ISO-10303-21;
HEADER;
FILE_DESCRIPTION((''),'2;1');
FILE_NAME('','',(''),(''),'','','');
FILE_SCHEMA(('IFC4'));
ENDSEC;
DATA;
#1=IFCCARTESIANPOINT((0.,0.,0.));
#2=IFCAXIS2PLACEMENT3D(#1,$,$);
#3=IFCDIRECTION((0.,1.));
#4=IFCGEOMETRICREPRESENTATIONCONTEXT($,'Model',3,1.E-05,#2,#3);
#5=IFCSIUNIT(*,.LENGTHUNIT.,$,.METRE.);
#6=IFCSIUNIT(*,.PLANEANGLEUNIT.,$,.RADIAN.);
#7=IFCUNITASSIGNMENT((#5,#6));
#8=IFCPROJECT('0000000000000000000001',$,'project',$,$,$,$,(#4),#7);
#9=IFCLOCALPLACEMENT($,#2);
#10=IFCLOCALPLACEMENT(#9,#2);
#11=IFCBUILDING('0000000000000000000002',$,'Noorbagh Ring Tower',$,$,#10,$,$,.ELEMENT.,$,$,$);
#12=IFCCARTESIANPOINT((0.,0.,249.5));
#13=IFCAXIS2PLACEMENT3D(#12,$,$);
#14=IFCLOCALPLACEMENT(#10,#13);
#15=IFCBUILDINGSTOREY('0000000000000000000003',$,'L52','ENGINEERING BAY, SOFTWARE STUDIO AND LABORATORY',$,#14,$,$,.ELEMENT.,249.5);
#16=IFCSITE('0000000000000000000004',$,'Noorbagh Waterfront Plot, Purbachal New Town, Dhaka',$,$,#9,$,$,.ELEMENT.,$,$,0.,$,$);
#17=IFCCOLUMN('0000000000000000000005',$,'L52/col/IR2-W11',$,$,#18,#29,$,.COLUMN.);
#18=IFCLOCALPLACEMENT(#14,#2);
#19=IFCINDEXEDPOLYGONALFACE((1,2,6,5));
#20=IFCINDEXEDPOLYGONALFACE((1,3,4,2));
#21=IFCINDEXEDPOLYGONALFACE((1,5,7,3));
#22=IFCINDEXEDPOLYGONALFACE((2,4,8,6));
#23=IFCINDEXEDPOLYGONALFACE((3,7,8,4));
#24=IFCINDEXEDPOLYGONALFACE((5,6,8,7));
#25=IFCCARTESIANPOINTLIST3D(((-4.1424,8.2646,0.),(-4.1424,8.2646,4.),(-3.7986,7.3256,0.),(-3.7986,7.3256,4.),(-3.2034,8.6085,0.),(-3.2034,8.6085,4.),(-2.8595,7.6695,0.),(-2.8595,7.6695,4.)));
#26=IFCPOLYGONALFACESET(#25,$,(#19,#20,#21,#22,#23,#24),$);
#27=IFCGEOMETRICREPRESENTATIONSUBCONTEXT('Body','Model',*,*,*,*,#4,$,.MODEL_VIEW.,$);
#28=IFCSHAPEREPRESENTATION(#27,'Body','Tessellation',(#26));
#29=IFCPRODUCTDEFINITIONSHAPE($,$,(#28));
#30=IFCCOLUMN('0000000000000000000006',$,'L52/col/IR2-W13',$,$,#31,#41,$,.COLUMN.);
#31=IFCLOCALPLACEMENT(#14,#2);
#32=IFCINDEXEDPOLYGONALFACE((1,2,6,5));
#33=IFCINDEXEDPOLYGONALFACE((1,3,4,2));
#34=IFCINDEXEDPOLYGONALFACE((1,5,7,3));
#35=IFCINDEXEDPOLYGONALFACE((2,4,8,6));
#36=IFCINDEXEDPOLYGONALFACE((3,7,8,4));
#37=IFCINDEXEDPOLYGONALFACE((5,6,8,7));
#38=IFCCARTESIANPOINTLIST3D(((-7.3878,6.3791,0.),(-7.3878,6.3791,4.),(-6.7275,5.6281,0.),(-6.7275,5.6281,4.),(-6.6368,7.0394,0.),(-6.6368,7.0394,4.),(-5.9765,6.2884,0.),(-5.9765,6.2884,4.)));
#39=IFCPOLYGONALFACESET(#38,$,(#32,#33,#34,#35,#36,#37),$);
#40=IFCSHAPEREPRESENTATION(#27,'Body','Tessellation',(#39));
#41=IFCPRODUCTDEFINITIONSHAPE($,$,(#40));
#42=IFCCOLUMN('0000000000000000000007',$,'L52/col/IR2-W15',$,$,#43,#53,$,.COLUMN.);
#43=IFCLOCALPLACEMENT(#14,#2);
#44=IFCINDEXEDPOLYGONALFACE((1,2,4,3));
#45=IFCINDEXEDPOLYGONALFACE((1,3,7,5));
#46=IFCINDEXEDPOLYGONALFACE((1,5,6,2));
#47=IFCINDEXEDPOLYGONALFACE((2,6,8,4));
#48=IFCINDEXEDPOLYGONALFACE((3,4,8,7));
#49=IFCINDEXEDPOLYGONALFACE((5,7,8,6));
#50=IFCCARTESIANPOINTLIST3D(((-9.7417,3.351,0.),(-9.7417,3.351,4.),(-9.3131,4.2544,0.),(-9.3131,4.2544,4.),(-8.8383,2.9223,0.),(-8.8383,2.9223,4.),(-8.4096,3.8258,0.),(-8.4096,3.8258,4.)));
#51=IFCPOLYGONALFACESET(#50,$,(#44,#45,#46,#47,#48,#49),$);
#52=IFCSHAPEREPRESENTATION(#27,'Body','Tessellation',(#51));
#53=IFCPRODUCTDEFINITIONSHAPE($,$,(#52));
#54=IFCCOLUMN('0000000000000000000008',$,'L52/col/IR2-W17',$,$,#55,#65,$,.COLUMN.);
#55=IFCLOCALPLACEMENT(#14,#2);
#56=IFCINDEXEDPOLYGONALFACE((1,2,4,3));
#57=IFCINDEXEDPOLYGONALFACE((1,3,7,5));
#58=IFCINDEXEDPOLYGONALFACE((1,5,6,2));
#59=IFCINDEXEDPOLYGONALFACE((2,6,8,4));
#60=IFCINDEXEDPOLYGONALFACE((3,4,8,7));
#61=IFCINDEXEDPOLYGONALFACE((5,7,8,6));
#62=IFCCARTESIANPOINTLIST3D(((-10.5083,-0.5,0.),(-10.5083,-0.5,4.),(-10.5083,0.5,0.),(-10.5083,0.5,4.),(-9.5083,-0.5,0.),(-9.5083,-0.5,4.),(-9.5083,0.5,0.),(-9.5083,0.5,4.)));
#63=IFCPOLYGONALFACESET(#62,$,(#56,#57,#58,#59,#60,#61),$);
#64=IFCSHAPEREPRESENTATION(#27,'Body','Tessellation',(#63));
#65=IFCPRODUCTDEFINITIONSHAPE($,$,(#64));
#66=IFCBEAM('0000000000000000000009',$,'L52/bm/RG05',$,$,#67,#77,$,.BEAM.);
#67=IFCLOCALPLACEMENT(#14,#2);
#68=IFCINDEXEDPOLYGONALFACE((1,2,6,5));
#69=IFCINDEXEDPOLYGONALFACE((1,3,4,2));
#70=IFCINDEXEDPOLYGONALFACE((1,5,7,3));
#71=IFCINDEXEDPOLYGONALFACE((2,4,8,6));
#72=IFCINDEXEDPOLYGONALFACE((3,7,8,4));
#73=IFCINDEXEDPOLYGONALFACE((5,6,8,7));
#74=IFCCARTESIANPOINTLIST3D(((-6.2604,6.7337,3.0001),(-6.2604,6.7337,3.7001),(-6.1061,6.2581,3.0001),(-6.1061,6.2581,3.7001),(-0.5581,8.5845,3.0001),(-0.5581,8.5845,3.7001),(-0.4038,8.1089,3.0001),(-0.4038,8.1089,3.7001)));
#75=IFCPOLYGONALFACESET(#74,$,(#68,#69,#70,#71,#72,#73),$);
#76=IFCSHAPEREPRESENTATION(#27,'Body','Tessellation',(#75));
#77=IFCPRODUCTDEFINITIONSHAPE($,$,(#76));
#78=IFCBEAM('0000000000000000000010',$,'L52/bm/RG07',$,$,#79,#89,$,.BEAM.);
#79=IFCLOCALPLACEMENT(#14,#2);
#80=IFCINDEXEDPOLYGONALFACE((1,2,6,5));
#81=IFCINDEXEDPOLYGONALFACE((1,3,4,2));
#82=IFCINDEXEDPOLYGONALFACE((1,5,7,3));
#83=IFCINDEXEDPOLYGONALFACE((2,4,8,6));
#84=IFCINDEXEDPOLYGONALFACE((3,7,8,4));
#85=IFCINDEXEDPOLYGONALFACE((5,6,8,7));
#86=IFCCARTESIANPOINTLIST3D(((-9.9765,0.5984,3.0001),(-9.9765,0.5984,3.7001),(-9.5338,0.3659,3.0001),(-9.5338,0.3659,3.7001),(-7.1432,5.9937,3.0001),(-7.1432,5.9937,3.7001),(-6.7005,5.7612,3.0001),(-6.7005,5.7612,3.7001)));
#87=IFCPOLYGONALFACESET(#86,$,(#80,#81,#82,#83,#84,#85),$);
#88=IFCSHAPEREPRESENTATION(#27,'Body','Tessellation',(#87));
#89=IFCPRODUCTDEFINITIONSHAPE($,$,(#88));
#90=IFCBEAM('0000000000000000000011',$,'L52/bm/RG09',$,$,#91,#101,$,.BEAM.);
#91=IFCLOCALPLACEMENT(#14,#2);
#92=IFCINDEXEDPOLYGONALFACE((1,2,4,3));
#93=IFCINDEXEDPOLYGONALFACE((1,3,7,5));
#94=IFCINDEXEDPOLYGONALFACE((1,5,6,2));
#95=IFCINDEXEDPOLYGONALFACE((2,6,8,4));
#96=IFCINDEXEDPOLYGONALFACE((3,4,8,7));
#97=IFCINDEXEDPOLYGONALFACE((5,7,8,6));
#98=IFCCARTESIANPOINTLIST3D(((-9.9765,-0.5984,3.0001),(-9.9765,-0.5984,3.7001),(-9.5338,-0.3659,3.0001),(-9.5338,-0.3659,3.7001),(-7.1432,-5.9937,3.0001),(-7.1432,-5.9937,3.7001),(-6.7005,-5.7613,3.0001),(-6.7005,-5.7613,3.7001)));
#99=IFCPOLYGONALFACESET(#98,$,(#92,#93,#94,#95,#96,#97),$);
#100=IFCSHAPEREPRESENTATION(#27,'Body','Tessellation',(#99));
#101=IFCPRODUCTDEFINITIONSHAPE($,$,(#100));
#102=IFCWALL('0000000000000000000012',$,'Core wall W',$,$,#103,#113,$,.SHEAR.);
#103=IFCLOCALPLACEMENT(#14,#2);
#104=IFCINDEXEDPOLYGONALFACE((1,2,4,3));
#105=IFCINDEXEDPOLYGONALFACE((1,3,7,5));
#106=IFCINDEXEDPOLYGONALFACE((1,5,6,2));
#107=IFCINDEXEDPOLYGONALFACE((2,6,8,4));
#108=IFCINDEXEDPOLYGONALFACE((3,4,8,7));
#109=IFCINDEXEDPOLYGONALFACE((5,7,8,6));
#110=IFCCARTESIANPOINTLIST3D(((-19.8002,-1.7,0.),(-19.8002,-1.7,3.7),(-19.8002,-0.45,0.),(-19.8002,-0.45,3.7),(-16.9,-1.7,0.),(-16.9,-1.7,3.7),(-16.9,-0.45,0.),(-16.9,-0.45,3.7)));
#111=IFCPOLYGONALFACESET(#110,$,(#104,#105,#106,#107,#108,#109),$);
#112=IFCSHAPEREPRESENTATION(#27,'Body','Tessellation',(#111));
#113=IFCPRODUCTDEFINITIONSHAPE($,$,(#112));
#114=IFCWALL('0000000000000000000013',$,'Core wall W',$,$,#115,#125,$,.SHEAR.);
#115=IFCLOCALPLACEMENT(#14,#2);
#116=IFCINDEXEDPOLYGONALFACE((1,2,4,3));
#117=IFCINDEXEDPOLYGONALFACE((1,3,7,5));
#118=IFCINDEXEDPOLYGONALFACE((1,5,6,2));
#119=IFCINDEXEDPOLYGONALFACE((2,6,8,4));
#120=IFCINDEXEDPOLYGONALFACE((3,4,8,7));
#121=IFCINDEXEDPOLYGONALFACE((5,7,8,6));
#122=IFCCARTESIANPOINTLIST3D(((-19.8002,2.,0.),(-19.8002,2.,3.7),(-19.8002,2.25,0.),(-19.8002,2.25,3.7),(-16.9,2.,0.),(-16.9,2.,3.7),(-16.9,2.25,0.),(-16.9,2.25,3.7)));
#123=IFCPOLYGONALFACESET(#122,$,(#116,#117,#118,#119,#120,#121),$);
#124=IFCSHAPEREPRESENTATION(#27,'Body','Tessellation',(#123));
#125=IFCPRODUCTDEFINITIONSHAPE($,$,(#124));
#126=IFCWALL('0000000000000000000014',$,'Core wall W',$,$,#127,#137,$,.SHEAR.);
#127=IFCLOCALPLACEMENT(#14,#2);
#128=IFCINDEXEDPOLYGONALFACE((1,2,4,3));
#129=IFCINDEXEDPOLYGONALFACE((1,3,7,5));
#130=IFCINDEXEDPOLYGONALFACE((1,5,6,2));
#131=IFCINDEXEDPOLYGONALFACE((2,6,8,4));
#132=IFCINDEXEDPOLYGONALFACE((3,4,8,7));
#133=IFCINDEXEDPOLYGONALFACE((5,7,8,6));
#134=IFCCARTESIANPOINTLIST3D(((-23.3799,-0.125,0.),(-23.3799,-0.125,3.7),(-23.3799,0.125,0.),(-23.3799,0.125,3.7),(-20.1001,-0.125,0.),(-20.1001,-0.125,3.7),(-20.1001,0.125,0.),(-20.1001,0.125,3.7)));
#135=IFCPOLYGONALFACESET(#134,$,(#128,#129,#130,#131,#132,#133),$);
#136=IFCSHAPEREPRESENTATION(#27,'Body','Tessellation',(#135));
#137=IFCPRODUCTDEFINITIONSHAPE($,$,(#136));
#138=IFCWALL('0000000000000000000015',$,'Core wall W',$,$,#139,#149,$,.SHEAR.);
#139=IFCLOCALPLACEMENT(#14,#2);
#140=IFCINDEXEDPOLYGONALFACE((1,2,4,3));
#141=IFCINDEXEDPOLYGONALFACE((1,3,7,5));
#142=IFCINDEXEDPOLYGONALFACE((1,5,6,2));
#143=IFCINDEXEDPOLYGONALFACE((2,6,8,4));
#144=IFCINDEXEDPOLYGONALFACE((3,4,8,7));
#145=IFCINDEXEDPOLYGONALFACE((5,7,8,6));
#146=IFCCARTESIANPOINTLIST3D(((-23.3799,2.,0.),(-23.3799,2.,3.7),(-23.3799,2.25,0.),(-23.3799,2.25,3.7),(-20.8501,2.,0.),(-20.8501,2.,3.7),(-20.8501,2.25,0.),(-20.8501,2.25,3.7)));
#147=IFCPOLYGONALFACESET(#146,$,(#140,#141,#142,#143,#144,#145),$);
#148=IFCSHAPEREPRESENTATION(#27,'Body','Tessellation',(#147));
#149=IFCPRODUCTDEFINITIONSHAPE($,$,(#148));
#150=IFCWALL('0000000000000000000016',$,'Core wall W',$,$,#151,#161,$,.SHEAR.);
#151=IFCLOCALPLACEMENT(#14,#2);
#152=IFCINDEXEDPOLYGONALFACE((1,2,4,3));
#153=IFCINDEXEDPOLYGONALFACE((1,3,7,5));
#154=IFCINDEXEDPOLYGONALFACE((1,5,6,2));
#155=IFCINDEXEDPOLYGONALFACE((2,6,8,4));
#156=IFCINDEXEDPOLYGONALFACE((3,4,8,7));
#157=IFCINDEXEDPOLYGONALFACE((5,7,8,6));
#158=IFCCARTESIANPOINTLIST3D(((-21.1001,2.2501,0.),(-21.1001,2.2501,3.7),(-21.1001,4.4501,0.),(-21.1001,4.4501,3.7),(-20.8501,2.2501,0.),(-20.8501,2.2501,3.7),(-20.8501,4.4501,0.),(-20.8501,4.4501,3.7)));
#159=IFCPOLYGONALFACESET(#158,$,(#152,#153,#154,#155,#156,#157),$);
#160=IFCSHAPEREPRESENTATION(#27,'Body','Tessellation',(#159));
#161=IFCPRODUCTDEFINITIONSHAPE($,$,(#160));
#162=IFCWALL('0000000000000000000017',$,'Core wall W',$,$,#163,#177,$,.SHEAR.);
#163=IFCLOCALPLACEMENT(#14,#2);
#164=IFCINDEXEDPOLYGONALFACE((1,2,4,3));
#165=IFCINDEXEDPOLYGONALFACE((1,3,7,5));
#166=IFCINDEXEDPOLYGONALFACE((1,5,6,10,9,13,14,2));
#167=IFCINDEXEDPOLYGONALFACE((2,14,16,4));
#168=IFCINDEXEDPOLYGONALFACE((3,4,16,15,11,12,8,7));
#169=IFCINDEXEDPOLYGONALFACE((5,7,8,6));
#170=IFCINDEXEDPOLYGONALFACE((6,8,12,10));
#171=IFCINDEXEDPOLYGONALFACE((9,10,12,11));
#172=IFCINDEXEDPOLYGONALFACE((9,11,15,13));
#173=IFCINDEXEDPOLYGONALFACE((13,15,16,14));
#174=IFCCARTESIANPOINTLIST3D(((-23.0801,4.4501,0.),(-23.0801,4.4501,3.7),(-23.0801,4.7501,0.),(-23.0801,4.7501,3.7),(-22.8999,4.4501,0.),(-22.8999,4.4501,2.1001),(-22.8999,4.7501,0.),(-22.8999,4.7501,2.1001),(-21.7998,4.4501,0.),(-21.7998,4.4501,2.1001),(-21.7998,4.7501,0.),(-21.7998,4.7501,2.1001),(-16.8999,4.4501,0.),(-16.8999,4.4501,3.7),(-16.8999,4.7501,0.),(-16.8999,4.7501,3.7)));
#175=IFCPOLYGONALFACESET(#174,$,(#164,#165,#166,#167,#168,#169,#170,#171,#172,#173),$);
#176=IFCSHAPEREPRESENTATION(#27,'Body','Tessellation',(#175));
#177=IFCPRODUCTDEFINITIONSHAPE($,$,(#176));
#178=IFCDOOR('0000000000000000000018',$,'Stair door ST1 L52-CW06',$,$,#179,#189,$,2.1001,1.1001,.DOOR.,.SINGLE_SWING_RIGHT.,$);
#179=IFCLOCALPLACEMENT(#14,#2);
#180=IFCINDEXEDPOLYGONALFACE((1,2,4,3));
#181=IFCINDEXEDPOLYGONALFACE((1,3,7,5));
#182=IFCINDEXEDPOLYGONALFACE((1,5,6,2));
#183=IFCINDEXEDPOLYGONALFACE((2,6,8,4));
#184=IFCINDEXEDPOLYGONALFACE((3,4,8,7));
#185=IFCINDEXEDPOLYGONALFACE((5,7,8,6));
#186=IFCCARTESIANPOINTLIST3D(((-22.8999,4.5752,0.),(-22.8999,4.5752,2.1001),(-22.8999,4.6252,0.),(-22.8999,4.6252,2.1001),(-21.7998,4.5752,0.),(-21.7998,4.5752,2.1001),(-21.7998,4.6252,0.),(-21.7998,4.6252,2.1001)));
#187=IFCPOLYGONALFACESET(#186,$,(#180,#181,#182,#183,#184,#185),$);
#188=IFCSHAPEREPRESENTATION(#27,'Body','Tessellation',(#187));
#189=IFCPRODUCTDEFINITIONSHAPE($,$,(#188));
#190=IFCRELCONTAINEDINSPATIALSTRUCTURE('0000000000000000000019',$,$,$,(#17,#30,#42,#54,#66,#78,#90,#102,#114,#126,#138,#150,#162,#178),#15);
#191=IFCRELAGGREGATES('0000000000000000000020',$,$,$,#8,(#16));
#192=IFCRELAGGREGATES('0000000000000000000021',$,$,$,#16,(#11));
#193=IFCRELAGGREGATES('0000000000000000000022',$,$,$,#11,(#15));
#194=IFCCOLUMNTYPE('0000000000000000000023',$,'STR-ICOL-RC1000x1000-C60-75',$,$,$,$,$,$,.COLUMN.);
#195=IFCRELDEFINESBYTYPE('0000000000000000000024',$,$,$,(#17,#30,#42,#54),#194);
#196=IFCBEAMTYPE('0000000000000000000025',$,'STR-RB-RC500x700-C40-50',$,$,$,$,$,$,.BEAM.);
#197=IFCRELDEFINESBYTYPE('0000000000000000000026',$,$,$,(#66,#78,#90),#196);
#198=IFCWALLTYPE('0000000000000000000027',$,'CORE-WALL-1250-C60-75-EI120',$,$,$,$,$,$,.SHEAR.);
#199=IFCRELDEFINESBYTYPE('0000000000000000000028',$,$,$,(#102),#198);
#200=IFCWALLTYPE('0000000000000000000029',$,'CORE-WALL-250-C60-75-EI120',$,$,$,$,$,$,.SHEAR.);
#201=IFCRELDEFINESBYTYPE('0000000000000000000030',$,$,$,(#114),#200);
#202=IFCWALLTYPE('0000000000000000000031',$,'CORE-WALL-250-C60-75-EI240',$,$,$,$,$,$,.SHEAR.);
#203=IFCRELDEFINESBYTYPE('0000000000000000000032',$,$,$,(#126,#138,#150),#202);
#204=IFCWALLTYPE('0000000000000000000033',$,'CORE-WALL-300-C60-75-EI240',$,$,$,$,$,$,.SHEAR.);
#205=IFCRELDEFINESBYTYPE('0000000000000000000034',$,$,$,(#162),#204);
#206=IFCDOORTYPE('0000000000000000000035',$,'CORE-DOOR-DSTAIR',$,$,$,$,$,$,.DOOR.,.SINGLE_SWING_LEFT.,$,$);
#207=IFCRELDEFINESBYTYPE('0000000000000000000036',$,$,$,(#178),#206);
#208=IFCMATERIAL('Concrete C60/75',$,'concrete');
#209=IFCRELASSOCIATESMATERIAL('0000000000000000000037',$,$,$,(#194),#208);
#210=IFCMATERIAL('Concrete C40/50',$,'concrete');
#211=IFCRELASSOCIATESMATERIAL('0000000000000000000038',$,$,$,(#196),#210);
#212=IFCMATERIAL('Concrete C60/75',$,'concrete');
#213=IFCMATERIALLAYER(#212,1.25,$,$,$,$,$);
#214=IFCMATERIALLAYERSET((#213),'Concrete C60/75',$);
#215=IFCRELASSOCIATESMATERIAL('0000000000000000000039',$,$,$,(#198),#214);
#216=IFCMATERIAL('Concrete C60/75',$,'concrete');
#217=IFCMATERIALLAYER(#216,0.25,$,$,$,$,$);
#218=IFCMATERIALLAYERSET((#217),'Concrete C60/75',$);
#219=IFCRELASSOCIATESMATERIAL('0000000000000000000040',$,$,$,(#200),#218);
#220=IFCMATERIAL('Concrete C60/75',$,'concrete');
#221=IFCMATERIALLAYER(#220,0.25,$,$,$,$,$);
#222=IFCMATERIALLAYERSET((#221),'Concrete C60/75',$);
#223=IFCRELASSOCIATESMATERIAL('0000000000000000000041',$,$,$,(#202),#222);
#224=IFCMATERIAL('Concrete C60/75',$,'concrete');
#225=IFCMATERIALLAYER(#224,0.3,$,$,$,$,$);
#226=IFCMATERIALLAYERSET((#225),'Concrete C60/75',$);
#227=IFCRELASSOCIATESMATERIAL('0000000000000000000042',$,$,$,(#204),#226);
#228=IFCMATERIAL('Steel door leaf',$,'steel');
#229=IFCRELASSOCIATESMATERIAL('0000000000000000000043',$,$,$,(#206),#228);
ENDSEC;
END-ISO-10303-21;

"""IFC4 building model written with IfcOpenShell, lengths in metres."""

from ifc_helpers import new_model, si_unit, direction, frame, frame_2d, origin, origin_2d, place, context, subcontext, project, spatial, rectangle, extrude, material, layer, layer_set, material_profile, profile_set, type_object, element, fill, save


model = new_model("IFC4")

# Units and contexts
model_context = context("Model", 3, precision=1e-05, world=origin(), true_north=direction((0.0, 1.0)))
body_context = subcontext(model_context, "Body", "Model", "MODEL_VIEW")
ifc_project = project(units=[si_unit("LENGTHUNIT", "METRE"), si_unit("PLANEANGLEUNIT", "RADIAN")], contexts=[model_context])

# Site, building, storey
site_placement = place(None, origin())
site = spatial("IfcSite", under=ifc_project, at=site_placement, Name="Noorbagh Waterfront Plot, Purbachal New Town, Dhaka", CompositionType="ELEMENT", RefElevation=0.0)
building_placement = place(site_placement, origin())
building = spatial("IfcBuilding", under=site, at=building_placement, Name="Noorbagh Ring Tower", CompositionType="ELEMENT")
storey_placement = place(building_placement, frame((0.0, 0.0, 249.5)))
storey = spatial("IfcBuildingStorey", under=building, at=storey_placement, Name="L52", Description="ENGINEERING BAY, SOFTWARE STUDIO AND LABORATORY", CompositionType="ELEMENT", Elevation=249.5)

# Columns
ifc_material_1 = material(Name="Concrete C60/75", Category="concrete")
ifc_material_profile_1 = material_profile(ifc_material_1, rectangle(XDim=1.0, YDim=1.0, at=origin_2d()), Name="RC1000x1000")
ifc_profile_set_1 = profile_set([ifc_material_profile_1], Name="Concrete C60/75")
column_type = type_object("IfcColumnType", Name="STR-ICOL-RC1000x1000-C60-75", PredefinedType="COLUMN", material=ifc_profile_set_1)
for number, where, z_axis, x_axis, name in (
    (1, (-3.501, 7.967, 0.0), (0.0, 0.0, 1.0), (-0.93902, -0.343864, 0.0), "L52/col/IR2-W11"),
    (2, (-6.6821, 6.3337, 0.0), (0.0, 0.0, 1.0), (-0.751022, -0.660277, 0.0), "L52/col/IR2-W13"),
    (3, (-9.0757, 3.5884, 0.0), (0.0, 0.0, 1.0), (-0.428667, -0.903463, 0.0), "L52/col/IR2-W15"),
    (4, (-10.0083, 0.0, 0.0), (0.0, 0.0, 1.0), (0.0, -1.0, 0.0), "L52/col/IR2-W17"),
):
    element("IfcColumn", number, at=place(storey_placement, frame(where, z_axis=z_axis, x_axis=x_axis)), inside=storey, type_object=column_type, Name=name, PredefinedType="COLUMN", context=body_context, shape_type="SweptSolid", body=[
        extrude(rectangle(XDim=1.0, YDim=1.0, at=origin_2d()), origin(), (0.0, 0.0, 1.0), 4.0),
    ])

# Beams
ifc_material_2 = material(Name="Concrete C40/50", Category="concrete")
ifc_material_profile_2 = material_profile(ifc_material_2, rectangle(XDim=0.5, YDim=0.7, at=origin_2d()), Name="RC500x700")
ifc_profile_set_2 = profile_set([ifc_material_profile_2], Name="Concrete C40/50")
beam_type = type_object("IfcBeamType", Name="STR-RB-RC500x700-C40-50", PredefinedType="BEAM", material=ifc_profile_set_2)
beam_placement = place(storey_placement, frame((-0.481, 8.3467, 3.3501), z_axis=(-0.951154, -0.308717, 0.0), x_axis=(0.308717, -0.951154, 0.0)))
element("IfcBeam", 5, at=beam_placement, inside=storey, type_object=beam_type, Name="L52/bm/RG05", PredefinedType="BEAM", context=body_context, shape_type="SweptSolid", body=[
    extrude(rectangle(XDim=0.5, YDim=0.7, at=origin_2d()), origin(), (0.0, 0.0, 1.0), 5.9951),
])
for number, where, z_axis, x_axis, name in (
    (6, (-6.9219, 5.8774, 3.3501), (-0.464929, -0.885348, 0.0), (0.885348, -0.464929, 0.0), "L52/bm/RG07"),
    (7, (-9.7551, -0.4822, 3.3501), (0.464929, -0.885348, 0.0), (0.885348, 0.464929, 0.0), "L52/bm/RG09"),
):
    element("IfcBeam", number, at=place(storey_placement, frame(where, z_axis=z_axis, x_axis=x_axis)), inside=storey, type_object=beam_type, Name=name, PredefinedType="BEAM", context=body_context, shape_type="SweptSolid", body=[
        extrude(rectangle(XDim=0.5, YDim=0.7, at=origin_2d()), origin(), (0.0, 0.0, 1.0), 6.094),
    ])

# Walls
ifc_material_3 = material(Name="Concrete C60/75", Category="concrete")
ifc_layer_1 = layer(ifc_material_3, 1.25)
ifc_layer_set_1 = layer_set([ifc_layer_1], Name="Concrete C60/75")
wall_type_1 = type_object("IfcWallType", Name="CORE-WALL-1250-C60-75-EI120", PredefinedType="SHEAR", material=ifc_layer_set_1)
wall_1_placement = place(storey_placement, frame((-16.8999, -1.075, 0.0), z_axis=(0.0, 0.0, 1.0), x_axis=(-1.0, 0.0, 0.0)))
element("IfcWall", 8, at=wall_1_placement, inside=storey, type_object=wall_type_1, Name="Core wall W", PredefinedType="SHEAR", context=body_context, shape_type="SweptSolid", body=[
    extrude(rectangle(XDim=2.9001, YDim=1.25, at=frame_2d((1.4502, 0.0))), origin(), (0.0, 0.0, 1.0), 3.7),
])
ifc_material_4 = material(Name="Concrete C60/75", Category="concrete")
ifc_layer_2 = layer(ifc_material_4, 0.25)
ifc_layer_set_2 = layer_set([ifc_layer_2], Name="Concrete C60/75")
wall_type_2 = type_object("IfcWallType", Name="CORE-WALL-250-C60-75-EI120", PredefinedType="SHEAR", material=ifc_layer_set_2)
wall_2_placement = place(storey_placement, frame((-16.8999, 2.125, 0.0), z_axis=(0.0, 0.0, 1.0), x_axis=(-1.0, 0.0, 0.0)))
element("IfcWall", 9, at=wall_2_placement, inside=storey, type_object=wall_type_2, Name="Core wall W", PredefinedType="SHEAR", context=body_context, shape_type="SweptSolid", body=[
    extrude(rectangle(XDim=2.9001, YDim=0.25, at=frame_2d((1.4502, 0.0))), origin(), (0.0, 0.0, 1.0), 3.7),
])
ifc_material_5 = material(Name="Concrete C60/75", Category="concrete")
ifc_layer_3 = layer(ifc_material_5, 0.25)
ifc_layer_set_3 = layer_set([ifc_layer_3], Name="Concrete C60/75")
wall_type_3 = type_object("IfcWallType", Name="CORE-WALL-250-C60-75-EI240", PredefinedType="SHEAR", material=ifc_layer_set_3)
wall_3_placement = place(storey_placement, frame((-20.1001, 0.0, 0.0), z_axis=(0.0, 0.0, 1.0), x_axis=(-1.0, 0.0, 0.0)))
element("IfcWall", 10, at=wall_3_placement, inside=storey, type_object=wall_type_3, Name="Core wall W", PredefinedType="SHEAR", context=body_context, shape_type="SweptSolid", body=[
    extrude(rectangle(XDim=3.2798, YDim=0.25, at=frame_2d((1.6399, 0.0))), origin(), (0.0, 0.0, 1.0), 3.7),
])
wall_4_placement = place(storey_placement, frame((-20.8501, 2.125, 0.0), z_axis=(0.0, 0.0, 1.0), x_axis=(-1.0, 0.0, 0.0)))
element("IfcWall", 11, at=wall_4_placement, inside=storey, type_object=wall_type_3, Name="Core wall W", PredefinedType="SHEAR", context=body_context, shape_type="SweptSolid", body=[
    extrude(rectangle(XDim=2.5298, YDim=0.25, at=frame_2d((1.2649, 0.0))), origin(), (0.0, 0.0, 1.0), 3.7),
])
wall_5_placement = place(storey_placement, frame((-20.9751, 2.25, 0.0), z_axis=(0.0, 0.0, 1.0), x_axis=(0.0, 1.0, 0.0)))
element("IfcWall", 12, at=wall_5_placement, inside=storey, type_object=wall_type_3, Name="Core wall W", PredefinedType="SHEAR", context=body_context, shape_type="SweptSolid", body=[
    extrude(rectangle(XDim=2.2, YDim=0.25, at=frame_2d((1.1001, 0.0))), origin(), (0.0, 0.0, 1.0), 3.7),
])

# Wall, opening, door
ifc_material_6 = material(Name="Concrete C60/75", Category="concrete")
ifc_layer_4 = layer(ifc_material_6, 0.3)
ifc_layer_set_4 = layer_set([ifc_layer_4], Name="Concrete C60/75")
wall_type_4 = type_object("IfcWallType", Name="CORE-WALL-300-C60-75-EI240", PredefinedType="SHEAR", material=ifc_layer_set_4)
wall_6_placement = place(storey_placement, frame((-16.8999, 4.6001, 0.0), z_axis=(0.0, 0.0, 1.0), x_axis=(-1.0, 0.0, 0.0)))
wall_6 = element("IfcWall", 13, at=wall_6_placement, inside=storey, type_object=wall_type_4, Name="Core wall W", PredefinedType="SHEAR", context=body_context, shape_type="SweptSolid", body=[
    extrude(rectangle(XDim=6.1802, YDim=0.3, at=frame_2d((3.0901, 0.0))), origin(), (0.0, 0.0, 1.0), 3.7),
])
opening_1_placement = place(wall_6_placement, frame((4.8999, 0.0, 0.0)))
opening_1 = element("IfcOpeningElement", 14, at=opening_1_placement, cuts=wall_6, PredefinedType="OPENING", context=body_context, shape_type="SweptSolid", body=[
    extrude(rectangle(XDim=1.1001, YDim=2.1001, at=frame_2d((0.55, 1.05))), frame((0.0, 0.1602, 0.0), z_axis=(0.0, -1.0, 0.0), x_axis=(1.0, 0.0, 0.0)), (0.0, 0.0, 1.0), 0.3201),
])
ifc_material_7 = material(Name="Steel door leaf", Category="steel")
door_type_1 = type_object("IfcDoorType", Name="CORE-DOOR-DSTAIR", OperationType="SINGLE_SWING_LEFT", PredefinedType="DOOR", material=ifc_material_7)
door_1_placement = place(opening_1_placement, origin())
door_1 = element("IfcDoor", 15, at=door_1_placement, inside=storey, type_object=door_type_1, Name="Stair door ST1 L52-CW06", OperationType="SINGLE_SWING_RIGHT", OverallHeight=2.1001, OverallWidth=1.1001, PredefinedType="DOOR", context=body_context, shape_type="SweptSolid", body=[
    extrude(rectangle(XDim=1.1001, YDim=2.1001, at=frame_2d((0.55, 1.05))), frame((0.0, 0.0249, 0.0), z_axis=(0.0, -1.0, 0.0), x_axis=(1.0, 0.0, 0.0)), (0.0, 0.0, 1.0), 0.05),
])
fill(opening_1, door_1)

save(model, "model.ifc")
